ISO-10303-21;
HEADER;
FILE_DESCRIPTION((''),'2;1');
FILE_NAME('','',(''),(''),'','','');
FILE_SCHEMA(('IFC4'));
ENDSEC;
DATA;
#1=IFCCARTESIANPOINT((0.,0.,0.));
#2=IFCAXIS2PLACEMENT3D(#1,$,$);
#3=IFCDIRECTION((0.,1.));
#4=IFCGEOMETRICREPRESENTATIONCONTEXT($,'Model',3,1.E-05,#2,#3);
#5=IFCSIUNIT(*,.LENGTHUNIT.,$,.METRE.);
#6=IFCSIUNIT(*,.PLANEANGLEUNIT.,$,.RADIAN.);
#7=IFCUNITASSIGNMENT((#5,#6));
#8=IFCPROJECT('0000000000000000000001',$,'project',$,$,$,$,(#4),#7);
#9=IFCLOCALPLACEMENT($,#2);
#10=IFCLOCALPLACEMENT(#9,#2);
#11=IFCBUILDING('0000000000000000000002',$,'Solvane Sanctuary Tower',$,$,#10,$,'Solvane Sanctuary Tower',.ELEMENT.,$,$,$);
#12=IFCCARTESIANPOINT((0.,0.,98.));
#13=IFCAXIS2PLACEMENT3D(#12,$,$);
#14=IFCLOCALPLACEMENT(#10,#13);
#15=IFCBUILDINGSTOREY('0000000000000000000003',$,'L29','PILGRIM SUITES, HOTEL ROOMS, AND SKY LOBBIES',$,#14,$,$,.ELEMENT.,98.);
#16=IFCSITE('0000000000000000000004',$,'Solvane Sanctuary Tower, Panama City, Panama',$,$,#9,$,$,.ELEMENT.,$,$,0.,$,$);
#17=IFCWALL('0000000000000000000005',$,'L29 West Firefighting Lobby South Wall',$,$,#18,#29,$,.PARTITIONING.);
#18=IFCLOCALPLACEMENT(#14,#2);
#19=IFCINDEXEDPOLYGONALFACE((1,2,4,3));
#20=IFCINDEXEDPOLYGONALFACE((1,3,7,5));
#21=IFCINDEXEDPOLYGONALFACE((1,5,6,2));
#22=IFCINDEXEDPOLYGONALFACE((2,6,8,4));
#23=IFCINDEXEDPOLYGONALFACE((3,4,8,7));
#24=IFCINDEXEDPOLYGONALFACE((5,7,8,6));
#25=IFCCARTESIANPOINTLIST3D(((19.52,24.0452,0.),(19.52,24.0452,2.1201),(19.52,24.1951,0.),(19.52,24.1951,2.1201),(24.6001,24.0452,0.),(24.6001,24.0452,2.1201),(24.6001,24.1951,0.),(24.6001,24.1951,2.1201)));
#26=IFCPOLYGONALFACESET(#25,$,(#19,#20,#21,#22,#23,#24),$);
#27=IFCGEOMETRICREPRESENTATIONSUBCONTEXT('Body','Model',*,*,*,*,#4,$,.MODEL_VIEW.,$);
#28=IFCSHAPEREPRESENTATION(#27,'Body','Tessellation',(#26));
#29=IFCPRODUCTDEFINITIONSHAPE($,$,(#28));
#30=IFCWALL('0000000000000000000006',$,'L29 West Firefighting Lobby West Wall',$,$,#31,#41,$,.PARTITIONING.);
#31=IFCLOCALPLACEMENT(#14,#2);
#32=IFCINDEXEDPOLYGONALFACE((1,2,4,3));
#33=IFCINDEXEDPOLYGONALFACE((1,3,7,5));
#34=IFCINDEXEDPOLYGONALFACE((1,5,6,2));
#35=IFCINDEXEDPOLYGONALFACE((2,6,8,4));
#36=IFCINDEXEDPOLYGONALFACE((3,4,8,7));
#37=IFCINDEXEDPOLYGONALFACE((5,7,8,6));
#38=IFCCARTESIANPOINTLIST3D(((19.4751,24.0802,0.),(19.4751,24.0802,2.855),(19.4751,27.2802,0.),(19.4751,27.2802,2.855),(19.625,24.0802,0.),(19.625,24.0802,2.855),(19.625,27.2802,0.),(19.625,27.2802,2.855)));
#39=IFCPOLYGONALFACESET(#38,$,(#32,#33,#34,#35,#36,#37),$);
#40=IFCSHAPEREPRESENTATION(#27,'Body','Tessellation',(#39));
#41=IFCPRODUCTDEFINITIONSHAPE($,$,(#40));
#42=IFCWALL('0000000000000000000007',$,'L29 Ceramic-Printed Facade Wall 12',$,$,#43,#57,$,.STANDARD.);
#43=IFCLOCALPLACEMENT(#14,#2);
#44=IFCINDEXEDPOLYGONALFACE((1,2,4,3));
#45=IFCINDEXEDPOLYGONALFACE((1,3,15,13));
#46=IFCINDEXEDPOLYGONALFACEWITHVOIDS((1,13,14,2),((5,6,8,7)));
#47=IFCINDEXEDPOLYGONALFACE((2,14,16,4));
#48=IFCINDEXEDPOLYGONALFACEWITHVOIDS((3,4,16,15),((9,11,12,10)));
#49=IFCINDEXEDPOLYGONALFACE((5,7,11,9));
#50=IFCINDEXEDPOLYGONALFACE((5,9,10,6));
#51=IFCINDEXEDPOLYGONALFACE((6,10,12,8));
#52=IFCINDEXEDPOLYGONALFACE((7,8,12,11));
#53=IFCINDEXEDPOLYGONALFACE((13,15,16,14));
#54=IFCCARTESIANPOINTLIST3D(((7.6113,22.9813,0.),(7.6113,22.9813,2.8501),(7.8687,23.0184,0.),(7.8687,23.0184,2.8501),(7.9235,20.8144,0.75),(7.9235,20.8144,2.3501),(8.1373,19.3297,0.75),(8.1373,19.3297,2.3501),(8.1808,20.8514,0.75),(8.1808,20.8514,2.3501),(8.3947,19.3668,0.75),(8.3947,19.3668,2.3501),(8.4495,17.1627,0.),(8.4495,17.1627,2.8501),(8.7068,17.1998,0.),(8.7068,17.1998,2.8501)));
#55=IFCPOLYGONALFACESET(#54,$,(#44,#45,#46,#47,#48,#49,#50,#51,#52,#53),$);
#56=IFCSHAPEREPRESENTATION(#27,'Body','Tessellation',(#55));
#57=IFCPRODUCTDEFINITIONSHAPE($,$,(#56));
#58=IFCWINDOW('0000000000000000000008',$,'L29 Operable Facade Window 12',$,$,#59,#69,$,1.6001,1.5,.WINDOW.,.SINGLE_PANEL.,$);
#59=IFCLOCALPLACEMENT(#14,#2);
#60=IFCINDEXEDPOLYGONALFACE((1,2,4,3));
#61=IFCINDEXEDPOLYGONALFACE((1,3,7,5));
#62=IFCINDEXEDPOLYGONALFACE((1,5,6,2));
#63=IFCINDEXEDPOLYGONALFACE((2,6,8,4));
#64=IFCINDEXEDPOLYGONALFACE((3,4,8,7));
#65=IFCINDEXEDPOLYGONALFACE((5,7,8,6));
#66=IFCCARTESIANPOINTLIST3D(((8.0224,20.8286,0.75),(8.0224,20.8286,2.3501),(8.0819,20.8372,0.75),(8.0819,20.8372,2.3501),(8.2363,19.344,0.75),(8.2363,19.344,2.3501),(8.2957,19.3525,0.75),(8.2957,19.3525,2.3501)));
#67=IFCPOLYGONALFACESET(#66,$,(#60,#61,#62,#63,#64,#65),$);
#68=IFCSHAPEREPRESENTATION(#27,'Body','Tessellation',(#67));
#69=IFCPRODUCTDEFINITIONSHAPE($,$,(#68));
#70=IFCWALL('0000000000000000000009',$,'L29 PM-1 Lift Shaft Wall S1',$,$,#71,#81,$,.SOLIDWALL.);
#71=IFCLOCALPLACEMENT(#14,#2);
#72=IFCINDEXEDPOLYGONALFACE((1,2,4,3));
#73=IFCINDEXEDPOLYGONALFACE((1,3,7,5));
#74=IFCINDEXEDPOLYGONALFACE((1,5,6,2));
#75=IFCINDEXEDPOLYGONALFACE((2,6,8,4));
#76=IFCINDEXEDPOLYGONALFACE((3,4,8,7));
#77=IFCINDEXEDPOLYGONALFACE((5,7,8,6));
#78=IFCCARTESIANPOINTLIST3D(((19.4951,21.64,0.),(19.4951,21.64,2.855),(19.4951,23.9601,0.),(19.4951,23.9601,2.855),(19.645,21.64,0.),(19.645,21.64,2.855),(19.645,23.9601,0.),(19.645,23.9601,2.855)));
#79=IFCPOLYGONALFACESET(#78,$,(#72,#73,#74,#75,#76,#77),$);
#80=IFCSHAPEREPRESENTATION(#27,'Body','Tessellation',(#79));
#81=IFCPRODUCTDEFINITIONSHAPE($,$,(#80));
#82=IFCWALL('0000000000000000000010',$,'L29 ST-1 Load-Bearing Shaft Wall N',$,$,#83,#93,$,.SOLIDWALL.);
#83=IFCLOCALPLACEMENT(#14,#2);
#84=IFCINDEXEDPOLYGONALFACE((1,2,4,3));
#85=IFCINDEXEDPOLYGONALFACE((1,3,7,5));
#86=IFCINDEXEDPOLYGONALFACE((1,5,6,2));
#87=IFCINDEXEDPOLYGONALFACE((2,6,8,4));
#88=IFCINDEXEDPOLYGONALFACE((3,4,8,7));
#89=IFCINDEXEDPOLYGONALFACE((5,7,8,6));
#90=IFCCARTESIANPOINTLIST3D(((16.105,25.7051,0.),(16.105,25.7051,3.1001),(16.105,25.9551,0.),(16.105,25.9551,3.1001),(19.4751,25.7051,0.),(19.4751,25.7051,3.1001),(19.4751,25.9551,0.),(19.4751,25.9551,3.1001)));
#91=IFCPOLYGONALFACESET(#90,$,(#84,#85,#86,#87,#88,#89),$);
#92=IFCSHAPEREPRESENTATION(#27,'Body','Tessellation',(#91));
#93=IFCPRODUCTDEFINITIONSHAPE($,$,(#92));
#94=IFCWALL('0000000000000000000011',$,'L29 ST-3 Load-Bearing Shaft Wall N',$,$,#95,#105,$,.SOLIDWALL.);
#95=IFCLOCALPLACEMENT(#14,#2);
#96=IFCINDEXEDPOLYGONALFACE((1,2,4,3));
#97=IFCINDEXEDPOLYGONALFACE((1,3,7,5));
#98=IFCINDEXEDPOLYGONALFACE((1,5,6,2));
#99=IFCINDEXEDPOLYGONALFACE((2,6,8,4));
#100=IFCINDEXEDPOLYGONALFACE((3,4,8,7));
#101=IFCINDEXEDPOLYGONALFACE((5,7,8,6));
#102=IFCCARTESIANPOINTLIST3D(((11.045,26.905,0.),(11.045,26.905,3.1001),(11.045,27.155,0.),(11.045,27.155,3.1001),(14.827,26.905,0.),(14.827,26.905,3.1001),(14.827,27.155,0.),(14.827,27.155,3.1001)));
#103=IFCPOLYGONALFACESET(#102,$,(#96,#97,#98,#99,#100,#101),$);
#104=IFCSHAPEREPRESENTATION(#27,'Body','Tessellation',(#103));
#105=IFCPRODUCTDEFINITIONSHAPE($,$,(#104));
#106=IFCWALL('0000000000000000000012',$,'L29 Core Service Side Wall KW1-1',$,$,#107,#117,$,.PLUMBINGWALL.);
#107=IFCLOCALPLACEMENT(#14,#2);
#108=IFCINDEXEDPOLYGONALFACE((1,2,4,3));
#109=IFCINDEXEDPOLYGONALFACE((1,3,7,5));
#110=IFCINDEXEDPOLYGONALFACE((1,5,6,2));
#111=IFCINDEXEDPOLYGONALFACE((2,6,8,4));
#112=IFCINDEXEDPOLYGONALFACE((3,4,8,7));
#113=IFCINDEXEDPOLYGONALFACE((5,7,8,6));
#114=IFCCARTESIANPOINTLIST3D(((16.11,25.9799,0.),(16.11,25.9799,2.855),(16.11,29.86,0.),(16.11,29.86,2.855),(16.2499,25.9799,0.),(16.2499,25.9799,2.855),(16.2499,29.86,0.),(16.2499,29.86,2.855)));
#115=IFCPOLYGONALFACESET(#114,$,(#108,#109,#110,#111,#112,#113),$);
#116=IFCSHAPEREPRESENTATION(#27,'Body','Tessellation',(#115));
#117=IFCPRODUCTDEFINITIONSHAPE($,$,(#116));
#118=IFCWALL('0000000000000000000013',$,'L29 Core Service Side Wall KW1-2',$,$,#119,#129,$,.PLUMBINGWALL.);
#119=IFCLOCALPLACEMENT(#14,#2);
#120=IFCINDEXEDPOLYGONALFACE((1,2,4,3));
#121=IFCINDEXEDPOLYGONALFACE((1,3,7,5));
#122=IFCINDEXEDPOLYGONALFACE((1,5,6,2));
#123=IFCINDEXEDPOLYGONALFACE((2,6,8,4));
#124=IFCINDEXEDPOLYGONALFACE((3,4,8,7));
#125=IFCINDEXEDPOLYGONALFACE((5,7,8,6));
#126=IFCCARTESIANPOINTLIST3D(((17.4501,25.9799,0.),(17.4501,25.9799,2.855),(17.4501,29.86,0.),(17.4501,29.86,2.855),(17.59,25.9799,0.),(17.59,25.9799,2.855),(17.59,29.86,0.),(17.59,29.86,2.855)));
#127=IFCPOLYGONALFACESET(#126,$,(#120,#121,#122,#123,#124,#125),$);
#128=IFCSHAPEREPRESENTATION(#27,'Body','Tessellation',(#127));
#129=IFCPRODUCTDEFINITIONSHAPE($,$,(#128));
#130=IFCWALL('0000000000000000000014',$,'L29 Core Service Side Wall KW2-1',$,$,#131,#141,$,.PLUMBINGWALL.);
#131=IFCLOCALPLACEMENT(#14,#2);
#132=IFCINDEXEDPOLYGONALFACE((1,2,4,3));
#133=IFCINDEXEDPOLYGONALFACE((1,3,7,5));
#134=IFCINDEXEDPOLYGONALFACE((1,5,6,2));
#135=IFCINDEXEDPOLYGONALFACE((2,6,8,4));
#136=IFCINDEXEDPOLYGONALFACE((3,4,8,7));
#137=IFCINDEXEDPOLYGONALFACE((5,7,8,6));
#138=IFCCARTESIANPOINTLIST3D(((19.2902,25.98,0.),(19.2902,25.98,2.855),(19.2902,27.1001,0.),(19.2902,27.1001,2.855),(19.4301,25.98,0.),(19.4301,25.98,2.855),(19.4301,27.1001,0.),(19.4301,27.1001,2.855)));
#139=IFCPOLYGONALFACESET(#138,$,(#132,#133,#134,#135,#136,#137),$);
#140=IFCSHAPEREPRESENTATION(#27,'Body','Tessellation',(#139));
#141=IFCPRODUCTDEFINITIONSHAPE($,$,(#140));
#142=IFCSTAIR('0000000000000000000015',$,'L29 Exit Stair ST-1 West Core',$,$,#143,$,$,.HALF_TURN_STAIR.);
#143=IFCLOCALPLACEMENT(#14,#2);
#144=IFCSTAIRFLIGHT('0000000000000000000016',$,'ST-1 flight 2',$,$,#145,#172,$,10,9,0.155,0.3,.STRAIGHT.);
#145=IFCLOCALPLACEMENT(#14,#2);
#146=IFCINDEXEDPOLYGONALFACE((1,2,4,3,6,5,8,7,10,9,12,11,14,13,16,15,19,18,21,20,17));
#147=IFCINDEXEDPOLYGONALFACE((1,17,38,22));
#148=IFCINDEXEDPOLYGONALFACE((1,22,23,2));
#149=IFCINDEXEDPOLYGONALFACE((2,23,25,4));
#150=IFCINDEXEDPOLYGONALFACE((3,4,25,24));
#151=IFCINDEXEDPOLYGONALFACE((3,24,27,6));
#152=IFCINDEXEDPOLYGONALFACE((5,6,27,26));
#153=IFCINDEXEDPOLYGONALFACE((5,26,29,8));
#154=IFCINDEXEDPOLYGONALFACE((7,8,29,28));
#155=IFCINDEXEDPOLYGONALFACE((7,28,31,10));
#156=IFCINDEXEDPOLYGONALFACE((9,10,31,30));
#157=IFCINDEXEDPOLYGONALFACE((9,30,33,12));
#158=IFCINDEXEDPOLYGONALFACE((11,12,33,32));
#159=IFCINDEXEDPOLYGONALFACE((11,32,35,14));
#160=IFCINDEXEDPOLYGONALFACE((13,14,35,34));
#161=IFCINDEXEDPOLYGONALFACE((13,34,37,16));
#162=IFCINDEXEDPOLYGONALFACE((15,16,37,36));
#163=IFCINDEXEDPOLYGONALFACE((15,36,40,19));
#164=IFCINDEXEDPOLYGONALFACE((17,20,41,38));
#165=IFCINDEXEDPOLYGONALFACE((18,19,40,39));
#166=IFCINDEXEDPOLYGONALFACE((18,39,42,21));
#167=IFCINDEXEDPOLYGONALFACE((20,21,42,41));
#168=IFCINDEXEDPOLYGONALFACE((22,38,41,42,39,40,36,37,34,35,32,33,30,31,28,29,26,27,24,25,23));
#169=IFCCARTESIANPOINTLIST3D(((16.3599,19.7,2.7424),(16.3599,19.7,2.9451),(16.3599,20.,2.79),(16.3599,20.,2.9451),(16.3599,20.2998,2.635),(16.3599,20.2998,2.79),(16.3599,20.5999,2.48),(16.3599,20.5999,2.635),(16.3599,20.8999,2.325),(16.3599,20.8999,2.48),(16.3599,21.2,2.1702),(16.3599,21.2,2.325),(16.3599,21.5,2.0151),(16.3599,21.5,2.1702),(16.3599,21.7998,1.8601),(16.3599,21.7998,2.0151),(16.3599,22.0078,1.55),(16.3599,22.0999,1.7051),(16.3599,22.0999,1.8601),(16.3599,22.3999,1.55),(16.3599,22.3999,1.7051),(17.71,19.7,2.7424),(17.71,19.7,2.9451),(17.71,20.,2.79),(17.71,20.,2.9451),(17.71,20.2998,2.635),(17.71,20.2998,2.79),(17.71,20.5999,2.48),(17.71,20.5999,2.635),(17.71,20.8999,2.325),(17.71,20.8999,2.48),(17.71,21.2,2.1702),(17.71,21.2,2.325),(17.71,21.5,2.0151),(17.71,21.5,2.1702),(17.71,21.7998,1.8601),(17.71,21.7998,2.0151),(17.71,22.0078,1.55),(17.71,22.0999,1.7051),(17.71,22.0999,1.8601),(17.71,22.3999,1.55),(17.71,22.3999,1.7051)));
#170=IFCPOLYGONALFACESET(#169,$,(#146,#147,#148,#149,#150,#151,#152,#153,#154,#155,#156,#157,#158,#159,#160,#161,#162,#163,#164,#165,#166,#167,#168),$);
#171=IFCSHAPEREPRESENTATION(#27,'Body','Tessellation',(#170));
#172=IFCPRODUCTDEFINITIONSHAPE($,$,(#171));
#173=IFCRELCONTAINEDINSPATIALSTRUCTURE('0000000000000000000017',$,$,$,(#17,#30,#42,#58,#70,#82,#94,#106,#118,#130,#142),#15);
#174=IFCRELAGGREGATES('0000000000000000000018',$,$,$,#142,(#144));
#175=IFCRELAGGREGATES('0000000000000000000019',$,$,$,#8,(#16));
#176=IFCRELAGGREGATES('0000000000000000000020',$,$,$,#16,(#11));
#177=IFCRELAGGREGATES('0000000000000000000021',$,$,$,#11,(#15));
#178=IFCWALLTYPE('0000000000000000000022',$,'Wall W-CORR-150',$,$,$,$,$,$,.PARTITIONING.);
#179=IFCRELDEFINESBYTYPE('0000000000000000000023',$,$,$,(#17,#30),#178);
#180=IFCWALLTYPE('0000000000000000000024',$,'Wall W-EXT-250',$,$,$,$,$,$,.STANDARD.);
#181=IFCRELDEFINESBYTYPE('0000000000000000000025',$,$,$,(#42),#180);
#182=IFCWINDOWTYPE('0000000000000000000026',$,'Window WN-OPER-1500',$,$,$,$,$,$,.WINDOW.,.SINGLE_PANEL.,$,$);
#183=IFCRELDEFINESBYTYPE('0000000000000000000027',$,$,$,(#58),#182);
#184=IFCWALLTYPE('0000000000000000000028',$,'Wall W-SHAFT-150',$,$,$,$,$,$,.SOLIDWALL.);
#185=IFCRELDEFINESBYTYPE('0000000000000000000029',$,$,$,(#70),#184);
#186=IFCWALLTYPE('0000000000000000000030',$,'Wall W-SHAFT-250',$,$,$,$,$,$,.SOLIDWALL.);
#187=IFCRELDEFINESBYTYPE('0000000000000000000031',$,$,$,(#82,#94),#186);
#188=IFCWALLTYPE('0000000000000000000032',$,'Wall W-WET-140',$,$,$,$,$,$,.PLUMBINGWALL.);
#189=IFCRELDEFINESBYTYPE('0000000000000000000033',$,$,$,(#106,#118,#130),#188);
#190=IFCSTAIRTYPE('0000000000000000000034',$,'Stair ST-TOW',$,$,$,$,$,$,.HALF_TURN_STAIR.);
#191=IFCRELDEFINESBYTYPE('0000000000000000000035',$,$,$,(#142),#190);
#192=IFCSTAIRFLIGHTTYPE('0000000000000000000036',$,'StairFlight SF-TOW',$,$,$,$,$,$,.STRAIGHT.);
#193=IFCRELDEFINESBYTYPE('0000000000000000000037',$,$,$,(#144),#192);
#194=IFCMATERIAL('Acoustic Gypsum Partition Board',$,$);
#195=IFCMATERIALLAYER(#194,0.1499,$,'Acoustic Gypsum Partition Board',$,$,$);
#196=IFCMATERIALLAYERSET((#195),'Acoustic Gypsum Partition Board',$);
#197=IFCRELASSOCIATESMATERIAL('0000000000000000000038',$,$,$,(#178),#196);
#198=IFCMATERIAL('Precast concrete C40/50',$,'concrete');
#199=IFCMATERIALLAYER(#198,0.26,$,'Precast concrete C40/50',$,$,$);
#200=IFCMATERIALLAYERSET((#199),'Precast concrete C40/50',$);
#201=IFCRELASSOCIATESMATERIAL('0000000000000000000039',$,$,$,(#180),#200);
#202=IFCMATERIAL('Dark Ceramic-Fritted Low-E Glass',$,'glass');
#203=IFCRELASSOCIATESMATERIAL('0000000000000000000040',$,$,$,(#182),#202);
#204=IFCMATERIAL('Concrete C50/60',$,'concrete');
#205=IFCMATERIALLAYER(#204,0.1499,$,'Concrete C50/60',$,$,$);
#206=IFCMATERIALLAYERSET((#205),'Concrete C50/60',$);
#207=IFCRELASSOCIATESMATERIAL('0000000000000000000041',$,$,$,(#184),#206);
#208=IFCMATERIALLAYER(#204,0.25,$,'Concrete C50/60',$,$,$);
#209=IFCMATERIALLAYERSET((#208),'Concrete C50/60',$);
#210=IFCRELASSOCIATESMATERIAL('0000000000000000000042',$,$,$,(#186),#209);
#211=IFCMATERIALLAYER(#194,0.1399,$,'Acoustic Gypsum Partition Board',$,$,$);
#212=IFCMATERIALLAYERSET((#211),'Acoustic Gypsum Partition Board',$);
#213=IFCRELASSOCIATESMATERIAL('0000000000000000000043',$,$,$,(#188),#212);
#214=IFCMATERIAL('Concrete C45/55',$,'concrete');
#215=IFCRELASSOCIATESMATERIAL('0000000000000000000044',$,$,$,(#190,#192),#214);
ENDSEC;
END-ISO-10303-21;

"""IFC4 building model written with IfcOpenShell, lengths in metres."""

from ifc_helpers import new_model, si_unit, direction, frame, frame_2d, origin, place, context, subcontext, project, spatial, polyline, rectangle, outline, extrude, material, layer, layer_set, type_object, element, fill, aggregate, save


model = new_model("IFC4")

# Units and contexts
model_context = context("Model", 3, precision=1e-05, world=origin(), true_north=direction((0.0, 1.0)))
body_context = subcontext(model_context, "Body", "Model", "MODEL_VIEW")
ifc_project = project(units=[si_unit("LENGTHUNIT", "METRE"), si_unit("PLANEANGLEUNIT", "RADIAN")], contexts=[model_context])

# Site, building, storey
site_placement = place(None, origin())
site = spatial("IfcSite", under=ifc_project, at=site_placement, Name="Solvane Sanctuary Tower, Panama City, Panama", CompositionType="ELEMENT", RefElevation=0.0)
building_placement = place(site_placement, origin())
building = spatial("IfcBuilding", under=site, at=building_placement, Name="Solvane Sanctuary Tower", LongName="Solvane Sanctuary Tower", CompositionType="ELEMENT")
storey_placement = place(building_placement, frame((0.0, 0.0, 98.0)))
storey = spatial("IfcBuildingStorey", under=building, at=storey_placement, Name="L29", Description="PILGRIM SUITES, HOTEL ROOMS, AND SKY LOBBIES", CompositionType="ELEMENT", Elevation=98.0)

# Walls
ifc_material_1 = material(Name="Acoustic Gypsum Partition Board")
ifc_layer_1 = layer(ifc_material_1, 0.1499, Name="Acoustic Gypsum Partition Board")
ifc_layer_set_1 = layer_set([ifc_layer_1], Name="Acoustic Gypsum Partition Board")
wall_type_1 = type_object("IfcWallType", Name="Wall W-CORR-150", PredefinedType="PARTITIONING", material=ifc_layer_set_1)
wall_1_placement = place(storey_placement, frame((19.52, 24.1201, 0.0), z_axis=(0.0, 0.0, 1.0), x_axis=(1.0, 0.0, 0.0)))
element("IfcWall", 1, at=wall_1_placement, inside=storey, type_object=wall_type_1, Name="L29 West Firefighting Lobby South Wall", PredefinedType="PARTITIONING", context=body_context, shape_type="SweptSolid", body=[
    extrude(rectangle(XDim=5.0801, YDim=0.1499, at=frame_2d((2.54, 0.0))), origin(), (0.0, 0.0, 1.0), 2.1201),
])
wall_2_placement = place(storey_placement, frame((19.55, 24.0801, 0.0), z_axis=(0.0, 0.0, 1.0), x_axis=(0.0, 1.0, 0.0)))
element("IfcWall", 2, at=wall_2_placement, inside=storey, type_object=wall_type_1, Name="L29 West Firefighting Lobby West Wall", PredefinedType="PARTITIONING", context=body_context, shape_type="SweptSolid", body=[
    extrude(rectangle(XDim=3.2, YDim=0.1499, at=frame_2d((1.6001, 0.0))), origin(), (0.0, 0.0, 1.0), 2.855),
])

# Wall, opening, window
ifc_material_2 = material(Name="Precast concrete C40/50", Category="concrete")
ifc_layer_2 = layer(ifc_material_2, 0.26, Name="Precast concrete C40/50")
ifc_layer_set_2 = layer_set([ifc_layer_2], Name="Precast concrete C40/50")
wall_type_2 = type_object("IfcWallType", Name="Wall W-EXT-250", PredefinedType="STANDARD", material=ifc_layer_set_2)
wall_3_placement = place(storey_placement, frame((7.74, 23.0, 0.0), z_axis=(0.0, 0.0, 1.0), x_axis=(0.142572, -0.989784, 0.0)))
wall_3 = element("IfcWall", 3, at=wall_3_placement, inside=storey, type_object=wall_type_2, Name="L29 Ceramic-Printed Facade Wall 12", PredefinedType="STANDARD", context=body_context, shape_type="SweptSolid", body=[
    extrude(rectangle(XDim=5.8787, YDim=0.26, at=frame_2d((2.9395, 0.0))), origin(), (0.0, 0.0, 1.0), 2.8501),
])
opening_placement = place(wall_3_placement, frame((2.1895, 0.0, 0.75)))
opening = element("IfcOpeningElement", 4, at=opening_placement, cuts=wall_3, PredefinedType="OPENING", context=body_context, shape_type="SweptSolid", body=[
    extrude(rectangle(XDim=1.5, YDim=1.6001, at=frame_2d((0.75, 0.8))), frame((0.0, 0.1399, 0.0), z_axis=(0.0, -1.0, 0.0), x_axis=(1.0, 0.0, 0.0)), (0.0, 0.0, 1.0), 0.28),
])
ifc_material_3 = material(Name="Dark Ceramic-Fritted Low-E Glass", Category="glass")
window_type = type_object("IfcWindowType", Name="Window WN-OPER-1500", PartitioningType="SINGLE_PANEL", PredefinedType="WINDOW", material=ifc_material_3)
window_placement = place(opening_placement, origin())
window = element("IfcWindow", 5, at=window_placement, inside=storey, type_object=window_type, Name="L29 Operable Facade Window 12", OverallHeight=1.6001, OverallWidth=1.5, PartitioningType="SINGLE_PANEL", PredefinedType="WINDOW", context=body_context, shape_type="SweptSolid", body=[
    extrude(rectangle(XDim=1.5, YDim=1.6001, at=frame_2d((0.75, 0.8))), frame((0.0, 0.03, 0.0), z_axis=(0.0, -1.0, 0.0), x_axis=(1.0, 0.0, 0.0)), (0.0, 0.0, 1.0), 0.0601),
])
fill(opening, window)

# Walls
ifc_material_4 = material(Name="Concrete C50/60", Category="concrete")
ifc_layer_3 = layer(ifc_material_4, 0.1499, Name="Concrete C50/60")
ifc_layer_set_3 = layer_set([ifc_layer_3], Name="Concrete C50/60")
wall_type_3 = type_object("IfcWallType", Name="Wall W-SHAFT-150", PredefinedType="SOLIDWALL", material=ifc_layer_set_3)
wall_4_placement = place(storey_placement, frame((19.5701, 21.6399, 0.0), z_axis=(0.0, 0.0, 1.0), x_axis=(0.0, 1.0, 0.0)))
element("IfcWall", 6, at=wall_4_placement, inside=storey, type_object=wall_type_3, Name="L29 PM-1 Lift Shaft Wall S1", PredefinedType="SOLIDWALL", context=body_context, shape_type="SweptSolid", body=[
    extrude(rectangle(XDim=2.3201, YDim=0.1499, at=frame_2d((1.1602, 0.0))), origin(), (0.0, 0.0, 1.0), 2.855),
])
ifc_layer_4 = layer(ifc_material_4, 0.25, Name="Concrete C50/60")
ifc_layer_set_4 = layer_set([ifc_layer_4], Name="Concrete C50/60")
wall_type_4 = type_object("IfcWallType", Name="Wall W-SHAFT-250", PredefinedType="SOLIDWALL", material=ifc_layer_set_4)
wall_5_placement = place(storey_placement, frame((16.105, 25.8301, 0.0), z_axis=(0.0, 0.0, 1.0), x_axis=(1.0, 0.0, 0.0)))
element("IfcWall", 7, at=wall_5_placement, inside=storey, type_object=wall_type_4, Name="L29 ST-1 Load-Bearing Shaft Wall N", PredefinedType="SOLIDWALL", context=body_context, shape_type="SweptSolid", body=[
    extrude(rectangle(XDim=3.3701, YDim=0.25, at=frame_2d((1.6851, 0.0))), origin(), (0.0, 0.0, 1.0), 3.1001),
])
wall_6_placement = place(storey_placement, frame((11.0449, 27.03, 0.0), z_axis=(0.0, 0.0, 1.0), x_axis=(1.0, 0.0, 0.0)))
element("IfcWall", 8, at=wall_6_placement, inside=storey, type_object=wall_type_4, Name="L29 ST-3 Load-Bearing Shaft Wall N", PredefinedType="SOLIDWALL", context=body_context, shape_type="SweptSolid", body=[
    extrude(rectangle(XDim=3.782, YDim=0.25, at=frame_2d((1.8911, 0.0))), origin(), (0.0, 0.0, 1.0), 3.1001),
])
ifc_layer_5 = layer(ifc_material_1, 0.1399, Name="Acoustic Gypsum Partition Board")
ifc_layer_set_5 = layer_set([ifc_layer_5], Name="Acoustic Gypsum Partition Board")
wall_type_5 = type_object("IfcWallType", Name="Wall W-WET-140", PredefinedType="PLUMBINGWALL", material=ifc_layer_set_5)
for number, where, z_axis, x_axis, name in (
    (9, (16.1799, 25.98, 0.0), (0.0, 0.0, 1.0), (0.0, 1.0, 0.0), "L29 Core Service Side Wall KW1-1"),
    (10, (17.52, 25.98, 0.0), (0.0, 0.0, 1.0), (0.0, 1.0, 0.0), "L29 Core Service Side Wall KW1-2"),
):
    element("IfcWall", number, at=place(storey_placement, frame(where, z_axis=z_axis, x_axis=x_axis)), inside=storey, type_object=wall_type_5, Name=name, PredefinedType="PLUMBINGWALL", context=body_context, shape_type="SweptSolid", body=[
        extrude(rectangle(XDim=3.8801, YDim=0.1399, at=frame_2d((1.9399, 0.0))), origin(), (0.0, 0.0, 1.0), 2.855),
    ])
wall_7_placement = place(storey_placement, frame((19.3601, 25.98, 0.0), z_axis=(0.0, 0.0, 1.0), x_axis=(0.0, 1.0, 0.0)))
element("IfcWall", 11, at=wall_7_placement, inside=storey, type_object=wall_type_5, Name="L29 Core Service Side Wall KW2-1", PredefinedType="PLUMBINGWALL", context=body_context, shape_type="SweptSolid", body=[
    extrude(rectangle(XDim=1.1201, YDim=0.1399, at=frame_2d((0.5601, 0.0))), origin(), (0.0, 0.0, 1.0), 2.855),
])

# Stair, stair flight
ifc_material_5 = material(Name="Concrete C45/55", Category="concrete")
stair_type = type_object("IfcStairType", Name="Stair ST-TOW", PredefinedType="HALF_TURN_STAIR", material=ifc_material_5)
stair_1_placement = place(storey_placement, origin())
stair_1 = element("IfcStair", 12, at=stair_1_placement, inside=storey, type_object=stair_type, Name="L29 Exit Stair ST-1 West Core", PredefinedType="HALF_TURN_STAIR")
stair_flight_type = type_object("IfcStairFlightType", Name="StairFlight SF-TOW", PredefinedType="STRAIGHT", material=ifc_material_5)
stair_flight_1_placement = place(storey_placement, frame((17.0349, 22.3999, 1.55), z_axis=(0.0, 0.0, 1.0), x_axis=(0.0, -1.0, 0.0)))
stair_flight_1 = element("IfcStairFlight", 13, at=stair_flight_1_placement, type_object=stair_flight_type, Name="ST-1 flight 2", NumberOfRisers=10, NumberOfTreads=9, PredefinedType="STRAIGHT", RiserHeight=0.155, TreadLength=0.3, context=body_context, shape_type="SweptSolid", body=[
    extrude(outline(polyline([(0.0, 0.0), (0.0, 0.155), (0.3, 0.155), (0.3, 0.3101), (0.6001, 0.3101), (0.6001, 0.4651), (0.8999, 0.4651), (0.8999, 0.6201), (1.2, 0.6201), (1.2, 0.7749), (1.5, 0.7749), (1.5, 0.9299), (1.8, 0.9299), (1.8, 1.085), (2.1001, 1.085), (2.1001, 1.24), (2.3999, 1.24), (2.3999, 1.395), (2.7, 1.395), (2.7, 1.55), (2.7, 1.1924), (0.3921, 0.0), (0.0, 0.0)])), frame((0.0, 0.675, 0.0), z_axis=(0.0, -1.0, 0.0), x_axis=(1.0, 0.0, 0.0)), (0.0, 0.0, 1.0), 1.3501),
])
aggregate(stair_1, [stair_flight_1])

save(model, "model.ifc")
